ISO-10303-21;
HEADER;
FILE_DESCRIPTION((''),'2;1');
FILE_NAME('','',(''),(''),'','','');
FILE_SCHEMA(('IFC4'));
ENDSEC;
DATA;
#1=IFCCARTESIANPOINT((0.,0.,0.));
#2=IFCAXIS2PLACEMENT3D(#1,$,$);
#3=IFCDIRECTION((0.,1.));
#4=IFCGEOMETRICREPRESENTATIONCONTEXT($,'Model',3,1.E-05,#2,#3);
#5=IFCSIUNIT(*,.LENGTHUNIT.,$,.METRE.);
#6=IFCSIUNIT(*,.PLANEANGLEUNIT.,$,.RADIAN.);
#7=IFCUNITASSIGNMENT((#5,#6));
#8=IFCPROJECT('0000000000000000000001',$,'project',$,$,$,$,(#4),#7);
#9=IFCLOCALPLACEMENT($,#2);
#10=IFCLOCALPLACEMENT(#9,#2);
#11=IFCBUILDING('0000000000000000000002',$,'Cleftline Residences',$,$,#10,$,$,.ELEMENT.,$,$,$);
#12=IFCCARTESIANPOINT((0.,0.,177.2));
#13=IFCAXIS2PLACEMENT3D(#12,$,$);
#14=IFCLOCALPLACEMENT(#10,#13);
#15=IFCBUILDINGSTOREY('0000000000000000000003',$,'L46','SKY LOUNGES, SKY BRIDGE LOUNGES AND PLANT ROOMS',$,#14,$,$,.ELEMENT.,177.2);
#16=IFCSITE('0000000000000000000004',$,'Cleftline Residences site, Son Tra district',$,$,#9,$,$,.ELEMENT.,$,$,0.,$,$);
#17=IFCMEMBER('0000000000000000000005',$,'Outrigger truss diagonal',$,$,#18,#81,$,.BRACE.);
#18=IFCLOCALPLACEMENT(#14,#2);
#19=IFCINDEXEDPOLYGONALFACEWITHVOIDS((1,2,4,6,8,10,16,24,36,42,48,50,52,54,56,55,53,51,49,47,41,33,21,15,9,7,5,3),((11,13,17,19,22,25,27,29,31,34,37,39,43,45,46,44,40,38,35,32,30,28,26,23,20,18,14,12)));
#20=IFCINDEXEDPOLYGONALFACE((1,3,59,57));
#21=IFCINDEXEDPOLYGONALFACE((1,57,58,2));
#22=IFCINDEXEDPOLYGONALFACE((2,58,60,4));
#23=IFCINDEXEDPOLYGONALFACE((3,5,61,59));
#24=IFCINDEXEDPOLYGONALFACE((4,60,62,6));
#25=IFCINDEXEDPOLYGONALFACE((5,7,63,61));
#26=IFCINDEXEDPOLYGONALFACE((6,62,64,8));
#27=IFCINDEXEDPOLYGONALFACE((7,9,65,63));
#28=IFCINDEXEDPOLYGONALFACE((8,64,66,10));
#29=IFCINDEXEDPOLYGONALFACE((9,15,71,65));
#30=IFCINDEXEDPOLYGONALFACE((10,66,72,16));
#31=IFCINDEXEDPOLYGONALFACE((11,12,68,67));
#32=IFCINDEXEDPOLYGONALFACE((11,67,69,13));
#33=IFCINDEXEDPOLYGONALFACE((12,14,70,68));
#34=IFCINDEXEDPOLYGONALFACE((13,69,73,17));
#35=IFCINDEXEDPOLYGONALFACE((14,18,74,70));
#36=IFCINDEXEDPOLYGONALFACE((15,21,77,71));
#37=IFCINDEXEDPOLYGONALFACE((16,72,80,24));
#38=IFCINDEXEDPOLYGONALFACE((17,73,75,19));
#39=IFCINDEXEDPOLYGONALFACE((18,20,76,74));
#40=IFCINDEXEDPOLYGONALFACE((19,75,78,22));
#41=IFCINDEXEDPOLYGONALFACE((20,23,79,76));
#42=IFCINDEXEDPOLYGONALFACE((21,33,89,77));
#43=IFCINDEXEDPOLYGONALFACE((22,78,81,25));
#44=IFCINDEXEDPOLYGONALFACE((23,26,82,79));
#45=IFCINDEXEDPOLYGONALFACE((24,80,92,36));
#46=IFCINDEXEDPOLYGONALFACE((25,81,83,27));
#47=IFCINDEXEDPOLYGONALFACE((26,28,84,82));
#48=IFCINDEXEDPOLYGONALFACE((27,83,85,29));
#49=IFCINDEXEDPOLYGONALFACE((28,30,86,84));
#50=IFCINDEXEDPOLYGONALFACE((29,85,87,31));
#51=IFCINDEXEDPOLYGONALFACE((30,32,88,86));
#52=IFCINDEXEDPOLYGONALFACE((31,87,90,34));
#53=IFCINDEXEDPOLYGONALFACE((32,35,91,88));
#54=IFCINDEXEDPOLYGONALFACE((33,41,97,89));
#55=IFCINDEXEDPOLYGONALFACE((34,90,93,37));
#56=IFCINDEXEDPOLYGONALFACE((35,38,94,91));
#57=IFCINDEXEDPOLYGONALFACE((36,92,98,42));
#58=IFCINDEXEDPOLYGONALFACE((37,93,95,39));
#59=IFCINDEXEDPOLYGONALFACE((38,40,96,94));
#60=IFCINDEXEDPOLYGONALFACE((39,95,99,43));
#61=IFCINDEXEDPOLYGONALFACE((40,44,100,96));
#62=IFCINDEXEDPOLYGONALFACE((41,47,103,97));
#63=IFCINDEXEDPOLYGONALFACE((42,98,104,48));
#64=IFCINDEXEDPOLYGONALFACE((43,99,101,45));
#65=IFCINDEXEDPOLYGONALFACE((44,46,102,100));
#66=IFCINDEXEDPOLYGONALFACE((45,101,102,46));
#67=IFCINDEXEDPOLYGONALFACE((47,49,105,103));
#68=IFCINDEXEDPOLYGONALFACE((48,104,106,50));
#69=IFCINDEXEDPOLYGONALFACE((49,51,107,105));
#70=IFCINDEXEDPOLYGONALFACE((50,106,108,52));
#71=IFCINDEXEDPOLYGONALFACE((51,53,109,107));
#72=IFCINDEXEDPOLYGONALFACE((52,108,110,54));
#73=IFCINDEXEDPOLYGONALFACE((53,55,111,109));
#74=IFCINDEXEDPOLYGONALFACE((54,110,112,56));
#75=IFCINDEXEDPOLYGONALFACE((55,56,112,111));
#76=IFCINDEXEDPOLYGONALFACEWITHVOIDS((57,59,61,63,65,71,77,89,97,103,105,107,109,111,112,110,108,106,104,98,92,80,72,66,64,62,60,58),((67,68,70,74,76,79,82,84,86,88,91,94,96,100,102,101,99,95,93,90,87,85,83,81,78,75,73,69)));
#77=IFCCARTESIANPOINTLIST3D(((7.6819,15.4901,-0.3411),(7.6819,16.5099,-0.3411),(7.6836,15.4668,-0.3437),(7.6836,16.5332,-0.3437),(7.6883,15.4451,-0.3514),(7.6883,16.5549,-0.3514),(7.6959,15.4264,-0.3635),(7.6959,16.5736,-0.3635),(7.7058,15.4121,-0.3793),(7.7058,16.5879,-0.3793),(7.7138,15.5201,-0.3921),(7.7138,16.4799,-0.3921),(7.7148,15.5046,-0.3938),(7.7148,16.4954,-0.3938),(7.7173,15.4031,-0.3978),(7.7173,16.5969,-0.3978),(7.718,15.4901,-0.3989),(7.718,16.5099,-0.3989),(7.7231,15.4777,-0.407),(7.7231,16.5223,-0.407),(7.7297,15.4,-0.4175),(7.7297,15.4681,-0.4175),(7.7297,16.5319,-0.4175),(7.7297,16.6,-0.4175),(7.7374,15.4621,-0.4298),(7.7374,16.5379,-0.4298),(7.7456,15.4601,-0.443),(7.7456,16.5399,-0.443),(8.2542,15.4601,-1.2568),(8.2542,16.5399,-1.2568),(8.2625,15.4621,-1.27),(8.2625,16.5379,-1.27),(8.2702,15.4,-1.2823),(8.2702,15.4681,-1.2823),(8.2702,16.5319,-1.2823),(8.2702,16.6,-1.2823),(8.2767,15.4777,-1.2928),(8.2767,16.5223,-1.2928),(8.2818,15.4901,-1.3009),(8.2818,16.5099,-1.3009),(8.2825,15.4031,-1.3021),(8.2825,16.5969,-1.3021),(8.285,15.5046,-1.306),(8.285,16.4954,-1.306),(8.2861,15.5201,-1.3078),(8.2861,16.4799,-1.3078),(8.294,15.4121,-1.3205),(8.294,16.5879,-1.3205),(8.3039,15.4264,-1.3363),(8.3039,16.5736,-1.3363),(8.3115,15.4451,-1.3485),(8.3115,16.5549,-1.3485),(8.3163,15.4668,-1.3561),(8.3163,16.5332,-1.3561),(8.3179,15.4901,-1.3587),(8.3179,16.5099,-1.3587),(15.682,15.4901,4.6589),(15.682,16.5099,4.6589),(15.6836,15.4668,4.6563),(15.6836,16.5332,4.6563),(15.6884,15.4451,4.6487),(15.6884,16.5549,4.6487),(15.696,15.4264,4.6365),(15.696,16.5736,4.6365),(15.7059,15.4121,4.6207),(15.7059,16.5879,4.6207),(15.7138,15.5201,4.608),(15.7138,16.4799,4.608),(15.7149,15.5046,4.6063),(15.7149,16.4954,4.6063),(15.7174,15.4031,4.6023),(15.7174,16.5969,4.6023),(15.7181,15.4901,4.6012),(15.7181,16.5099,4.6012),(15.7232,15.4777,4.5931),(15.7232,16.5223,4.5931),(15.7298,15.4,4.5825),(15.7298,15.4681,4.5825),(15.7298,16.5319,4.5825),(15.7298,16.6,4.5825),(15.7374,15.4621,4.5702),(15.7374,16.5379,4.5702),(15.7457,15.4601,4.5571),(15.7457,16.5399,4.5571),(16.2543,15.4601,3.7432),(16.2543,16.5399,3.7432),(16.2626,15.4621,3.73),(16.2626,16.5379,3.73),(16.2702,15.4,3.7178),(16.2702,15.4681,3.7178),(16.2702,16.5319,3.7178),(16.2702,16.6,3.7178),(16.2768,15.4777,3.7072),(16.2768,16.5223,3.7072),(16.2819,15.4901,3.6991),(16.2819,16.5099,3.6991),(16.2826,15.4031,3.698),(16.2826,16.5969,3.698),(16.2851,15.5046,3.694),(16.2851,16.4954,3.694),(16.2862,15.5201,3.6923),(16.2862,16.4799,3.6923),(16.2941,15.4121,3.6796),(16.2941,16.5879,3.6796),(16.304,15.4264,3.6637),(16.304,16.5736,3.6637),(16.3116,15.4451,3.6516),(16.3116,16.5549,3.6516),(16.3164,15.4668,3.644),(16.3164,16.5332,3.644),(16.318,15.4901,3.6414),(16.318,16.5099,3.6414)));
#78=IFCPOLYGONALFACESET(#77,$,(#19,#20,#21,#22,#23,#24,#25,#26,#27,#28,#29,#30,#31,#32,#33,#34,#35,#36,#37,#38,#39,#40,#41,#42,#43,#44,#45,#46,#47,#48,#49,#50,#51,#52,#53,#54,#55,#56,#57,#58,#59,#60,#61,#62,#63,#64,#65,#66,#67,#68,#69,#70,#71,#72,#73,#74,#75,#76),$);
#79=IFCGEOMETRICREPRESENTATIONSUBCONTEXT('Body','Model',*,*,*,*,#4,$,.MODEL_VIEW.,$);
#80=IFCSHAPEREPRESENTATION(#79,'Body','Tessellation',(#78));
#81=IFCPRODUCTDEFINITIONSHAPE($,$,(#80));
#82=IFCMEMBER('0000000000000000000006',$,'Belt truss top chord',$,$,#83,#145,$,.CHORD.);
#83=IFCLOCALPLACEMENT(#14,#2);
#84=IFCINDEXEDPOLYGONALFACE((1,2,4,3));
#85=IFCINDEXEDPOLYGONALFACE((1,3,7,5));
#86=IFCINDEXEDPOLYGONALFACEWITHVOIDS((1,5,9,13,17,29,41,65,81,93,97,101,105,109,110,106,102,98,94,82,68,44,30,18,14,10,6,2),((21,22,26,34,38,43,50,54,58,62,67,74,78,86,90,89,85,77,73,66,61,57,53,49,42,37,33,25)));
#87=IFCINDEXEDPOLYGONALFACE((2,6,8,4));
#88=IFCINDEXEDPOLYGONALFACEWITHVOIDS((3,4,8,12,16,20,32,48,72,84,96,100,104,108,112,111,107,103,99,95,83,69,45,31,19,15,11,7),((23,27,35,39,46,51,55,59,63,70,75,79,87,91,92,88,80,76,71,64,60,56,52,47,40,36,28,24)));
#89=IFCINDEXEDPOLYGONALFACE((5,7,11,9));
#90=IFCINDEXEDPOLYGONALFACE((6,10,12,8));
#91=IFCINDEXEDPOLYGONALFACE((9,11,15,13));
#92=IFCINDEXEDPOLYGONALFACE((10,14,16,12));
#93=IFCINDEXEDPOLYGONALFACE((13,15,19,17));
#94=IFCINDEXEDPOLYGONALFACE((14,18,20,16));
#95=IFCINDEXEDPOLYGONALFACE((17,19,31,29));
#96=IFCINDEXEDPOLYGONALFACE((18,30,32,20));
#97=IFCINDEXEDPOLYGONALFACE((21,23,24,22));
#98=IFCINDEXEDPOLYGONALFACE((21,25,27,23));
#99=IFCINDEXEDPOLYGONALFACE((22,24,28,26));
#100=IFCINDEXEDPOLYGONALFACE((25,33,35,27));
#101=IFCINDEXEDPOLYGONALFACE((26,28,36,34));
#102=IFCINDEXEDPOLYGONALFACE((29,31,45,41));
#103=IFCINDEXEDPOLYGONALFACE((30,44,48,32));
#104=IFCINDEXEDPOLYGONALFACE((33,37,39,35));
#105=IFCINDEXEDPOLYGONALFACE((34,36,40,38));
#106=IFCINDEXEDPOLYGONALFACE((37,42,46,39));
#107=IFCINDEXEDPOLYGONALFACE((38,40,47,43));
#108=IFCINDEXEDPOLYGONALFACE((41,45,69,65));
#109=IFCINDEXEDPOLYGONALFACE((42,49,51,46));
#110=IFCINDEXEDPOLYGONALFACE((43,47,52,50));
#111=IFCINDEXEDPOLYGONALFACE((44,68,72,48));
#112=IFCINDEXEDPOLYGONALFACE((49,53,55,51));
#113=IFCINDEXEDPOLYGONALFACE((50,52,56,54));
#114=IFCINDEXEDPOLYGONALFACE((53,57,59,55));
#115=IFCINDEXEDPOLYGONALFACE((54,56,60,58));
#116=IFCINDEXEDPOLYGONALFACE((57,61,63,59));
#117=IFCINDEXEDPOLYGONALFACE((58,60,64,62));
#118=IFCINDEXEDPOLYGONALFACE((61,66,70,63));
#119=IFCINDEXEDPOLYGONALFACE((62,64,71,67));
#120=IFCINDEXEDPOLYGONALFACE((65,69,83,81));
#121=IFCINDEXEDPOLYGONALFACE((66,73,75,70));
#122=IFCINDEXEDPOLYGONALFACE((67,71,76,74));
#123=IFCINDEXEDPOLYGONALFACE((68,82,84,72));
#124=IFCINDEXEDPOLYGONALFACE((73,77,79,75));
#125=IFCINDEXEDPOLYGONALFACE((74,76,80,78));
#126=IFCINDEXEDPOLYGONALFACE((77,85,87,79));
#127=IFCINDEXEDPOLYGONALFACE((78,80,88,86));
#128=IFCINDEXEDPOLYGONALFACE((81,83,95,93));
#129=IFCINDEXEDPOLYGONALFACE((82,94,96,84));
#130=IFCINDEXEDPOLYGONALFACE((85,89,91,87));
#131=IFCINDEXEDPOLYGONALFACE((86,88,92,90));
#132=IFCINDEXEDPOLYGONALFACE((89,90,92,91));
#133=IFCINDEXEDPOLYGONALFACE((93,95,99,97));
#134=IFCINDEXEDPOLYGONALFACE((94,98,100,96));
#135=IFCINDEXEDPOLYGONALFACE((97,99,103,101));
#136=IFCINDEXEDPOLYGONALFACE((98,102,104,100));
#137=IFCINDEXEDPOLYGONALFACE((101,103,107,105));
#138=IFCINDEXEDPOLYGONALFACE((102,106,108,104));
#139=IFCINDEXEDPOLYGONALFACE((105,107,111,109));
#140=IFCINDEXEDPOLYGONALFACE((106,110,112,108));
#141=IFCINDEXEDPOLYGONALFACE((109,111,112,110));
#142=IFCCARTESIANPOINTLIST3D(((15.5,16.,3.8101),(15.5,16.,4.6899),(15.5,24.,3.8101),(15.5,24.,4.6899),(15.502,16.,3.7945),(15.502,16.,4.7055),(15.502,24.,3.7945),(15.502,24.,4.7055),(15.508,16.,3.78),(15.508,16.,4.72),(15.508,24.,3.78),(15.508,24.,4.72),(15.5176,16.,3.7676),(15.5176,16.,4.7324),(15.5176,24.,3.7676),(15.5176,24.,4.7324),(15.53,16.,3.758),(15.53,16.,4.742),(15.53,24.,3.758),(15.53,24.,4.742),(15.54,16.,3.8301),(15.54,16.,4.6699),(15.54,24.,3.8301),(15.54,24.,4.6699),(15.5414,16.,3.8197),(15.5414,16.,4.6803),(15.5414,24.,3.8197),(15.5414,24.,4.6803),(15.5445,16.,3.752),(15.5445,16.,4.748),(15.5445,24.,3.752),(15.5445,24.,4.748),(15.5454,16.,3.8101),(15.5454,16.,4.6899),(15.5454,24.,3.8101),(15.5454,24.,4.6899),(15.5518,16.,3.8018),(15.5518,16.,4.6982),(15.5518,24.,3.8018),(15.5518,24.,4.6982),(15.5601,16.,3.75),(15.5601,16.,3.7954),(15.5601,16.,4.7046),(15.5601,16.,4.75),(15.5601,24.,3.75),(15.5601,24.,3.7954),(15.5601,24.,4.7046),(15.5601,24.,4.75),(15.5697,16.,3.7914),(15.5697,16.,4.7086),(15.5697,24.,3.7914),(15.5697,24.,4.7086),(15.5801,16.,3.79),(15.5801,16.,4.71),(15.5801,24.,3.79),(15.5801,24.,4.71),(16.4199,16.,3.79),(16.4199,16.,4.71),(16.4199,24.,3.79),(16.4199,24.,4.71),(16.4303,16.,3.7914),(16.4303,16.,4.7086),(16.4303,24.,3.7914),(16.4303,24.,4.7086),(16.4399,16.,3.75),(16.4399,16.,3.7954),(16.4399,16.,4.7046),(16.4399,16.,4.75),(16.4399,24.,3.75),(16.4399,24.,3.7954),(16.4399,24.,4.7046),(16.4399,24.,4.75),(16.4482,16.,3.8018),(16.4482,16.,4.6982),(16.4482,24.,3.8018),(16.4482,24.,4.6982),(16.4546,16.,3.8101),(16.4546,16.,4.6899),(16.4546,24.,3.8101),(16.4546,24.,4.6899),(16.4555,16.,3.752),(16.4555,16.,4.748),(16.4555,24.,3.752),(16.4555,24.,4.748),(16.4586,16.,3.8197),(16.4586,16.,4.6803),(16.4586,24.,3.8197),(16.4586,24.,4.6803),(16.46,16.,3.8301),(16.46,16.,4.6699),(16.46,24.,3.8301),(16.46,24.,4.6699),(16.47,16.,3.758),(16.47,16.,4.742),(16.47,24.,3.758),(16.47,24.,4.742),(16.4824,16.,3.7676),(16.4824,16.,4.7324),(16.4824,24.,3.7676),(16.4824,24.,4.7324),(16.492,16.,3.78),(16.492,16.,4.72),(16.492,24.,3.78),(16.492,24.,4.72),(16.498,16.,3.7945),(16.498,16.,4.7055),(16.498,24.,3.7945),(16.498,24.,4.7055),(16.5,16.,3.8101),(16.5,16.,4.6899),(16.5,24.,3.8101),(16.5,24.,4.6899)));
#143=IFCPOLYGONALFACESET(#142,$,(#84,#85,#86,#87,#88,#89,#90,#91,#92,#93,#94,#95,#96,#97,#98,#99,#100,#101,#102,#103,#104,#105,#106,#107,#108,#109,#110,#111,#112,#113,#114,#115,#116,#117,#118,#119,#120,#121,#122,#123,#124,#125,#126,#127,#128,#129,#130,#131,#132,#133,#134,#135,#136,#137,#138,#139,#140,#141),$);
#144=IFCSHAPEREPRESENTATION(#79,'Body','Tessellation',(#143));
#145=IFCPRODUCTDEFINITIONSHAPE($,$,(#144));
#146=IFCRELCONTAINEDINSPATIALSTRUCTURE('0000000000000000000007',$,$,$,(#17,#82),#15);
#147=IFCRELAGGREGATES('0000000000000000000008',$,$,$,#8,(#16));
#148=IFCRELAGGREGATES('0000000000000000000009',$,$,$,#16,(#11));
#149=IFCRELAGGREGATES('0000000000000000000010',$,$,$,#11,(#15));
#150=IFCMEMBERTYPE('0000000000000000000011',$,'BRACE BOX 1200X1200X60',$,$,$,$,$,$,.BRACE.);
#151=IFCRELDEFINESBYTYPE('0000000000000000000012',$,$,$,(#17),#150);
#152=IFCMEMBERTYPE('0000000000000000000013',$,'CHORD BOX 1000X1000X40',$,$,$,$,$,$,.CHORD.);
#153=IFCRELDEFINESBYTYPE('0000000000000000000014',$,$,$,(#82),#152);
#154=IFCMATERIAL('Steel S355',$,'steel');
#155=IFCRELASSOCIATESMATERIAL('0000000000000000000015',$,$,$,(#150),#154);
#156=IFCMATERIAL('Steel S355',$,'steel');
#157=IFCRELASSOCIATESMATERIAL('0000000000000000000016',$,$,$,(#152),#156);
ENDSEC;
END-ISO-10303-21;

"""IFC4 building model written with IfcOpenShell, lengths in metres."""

from ifc_helpers import new_model, si_unit, direction, frame, origin, origin_2d, place, context, subcontext, project, spatial, hollow_rectangle, extrude, material, material_profile, profile_set, type_object, element, save


model = new_model("IFC4")

# Units and contexts
model_context = context("Model", 3, precision=1e-05, world=origin(), true_north=direction((0.0, 1.0)))
body_context = subcontext(model_context, "Body", "Model", "MODEL_VIEW")
ifc_project = project(units=[si_unit("LENGTHUNIT", "METRE"), si_unit("PLANEANGLEUNIT", "RADIAN")], contexts=[model_context])

# Site, building, storey
site_placement = place(None, origin())
site = spatial("IfcSite", under=ifc_project, at=site_placement, Name="Cleftline Residences site, Son Tra district", CompositionType="ELEMENT", RefElevation=0.0)
building_placement = place(site_placement, origin())
building = spatial("IfcBuilding", under=site, at=building_placement, Name="Cleftline Residences", CompositionType="ELEMENT")
storey_placement = place(building_placement, frame((0.0, 0.0, 177.2)))
storey = spatial("IfcBuildingStorey", under=building, at=storey_placement, Name="L46", Description="SKY LOUNGES, SKY BRIDGE LOUNGES AND PLANT ROOMS", CompositionType="ELEMENT", Elevation=177.2)

# Members
ifc_material_1 = material(Name="Steel S355", Category="steel")
ifc_material_profile_1 = material_profile(ifc_material_1, hollow_rectangle(XDim=1.2, YDim=1.2, WallThickness=0.0601, InnerFilletRadius=0.0601, OuterFilletRadius=0.0901, at=origin_2d()))
ifc_profile_set_1 = profile_set([ifc_material_profile_1], Name="Steel S355")
member_type_1 = type_object("IfcMemberType", Name="BRACE BOX 1200X1200X60", PredefinedType="BRACE", material=ifc_profile_set_1)
member_1_placement = place(storey_placement, frame((16.0, 16.0, 4.1501), z_axis=(-0.847998, 0.0, -0.529999), x_axis=(-0.529999, 0.0, 0.847998)))
element("IfcMember", 1, at=member_1_placement, inside=storey, type_object=member_type_1, Name="Outrigger truss diagonal", PredefinedType="BRACE", context=body_context, shape_type="SweptSolid", body=[
    extrude(hollow_rectangle(XDim=1.2, YDim=1.2, WallThickness=0.0601, InnerFilletRadius=0.0601, OuterFilletRadius=0.0901, at=origin_2d()), origin(), (0.0, 0.0, 1.0), 9.4341),
])
ifc_material_2 = material(Name="Steel S355", Category="steel")
ifc_material_profile_2 = material_profile(ifc_material_2, hollow_rectangle(XDim=1.0, YDim=1.0, WallThickness=0.04, InnerFilletRadius=0.04, OuterFilletRadius=0.0601, at=origin_2d()))
ifc_profile_set_2 = profile_set([ifc_material_profile_2], Name="Steel S355")
member_type_2 = type_object("IfcMemberType", Name="CHORD BOX 1000X1000X40", PredefinedType="CHORD", material=ifc_profile_set_2)
member_2_placement = place(storey_placement, frame((16.0, 16.0, 4.25), z_axis=(0.0, 1.0, 0.0), x_axis=(-1.0, 0.0, 0.0)))
element("IfcMember", 2, at=member_2_placement, inside=storey, type_object=member_type_2, Name="Belt truss top chord", PredefinedType="CHORD", context=body_context, shape_type="SweptSolid", body=[
    extrude(hollow_rectangle(XDim=1.0, YDim=1.0, WallThickness=0.04, InnerFilletRadius=0.04, OuterFilletRadius=0.0601, at=origin_2d()), origin(), (0.0, 0.0, 1.0), 8.0),
])

save(model, "model.ifc")
